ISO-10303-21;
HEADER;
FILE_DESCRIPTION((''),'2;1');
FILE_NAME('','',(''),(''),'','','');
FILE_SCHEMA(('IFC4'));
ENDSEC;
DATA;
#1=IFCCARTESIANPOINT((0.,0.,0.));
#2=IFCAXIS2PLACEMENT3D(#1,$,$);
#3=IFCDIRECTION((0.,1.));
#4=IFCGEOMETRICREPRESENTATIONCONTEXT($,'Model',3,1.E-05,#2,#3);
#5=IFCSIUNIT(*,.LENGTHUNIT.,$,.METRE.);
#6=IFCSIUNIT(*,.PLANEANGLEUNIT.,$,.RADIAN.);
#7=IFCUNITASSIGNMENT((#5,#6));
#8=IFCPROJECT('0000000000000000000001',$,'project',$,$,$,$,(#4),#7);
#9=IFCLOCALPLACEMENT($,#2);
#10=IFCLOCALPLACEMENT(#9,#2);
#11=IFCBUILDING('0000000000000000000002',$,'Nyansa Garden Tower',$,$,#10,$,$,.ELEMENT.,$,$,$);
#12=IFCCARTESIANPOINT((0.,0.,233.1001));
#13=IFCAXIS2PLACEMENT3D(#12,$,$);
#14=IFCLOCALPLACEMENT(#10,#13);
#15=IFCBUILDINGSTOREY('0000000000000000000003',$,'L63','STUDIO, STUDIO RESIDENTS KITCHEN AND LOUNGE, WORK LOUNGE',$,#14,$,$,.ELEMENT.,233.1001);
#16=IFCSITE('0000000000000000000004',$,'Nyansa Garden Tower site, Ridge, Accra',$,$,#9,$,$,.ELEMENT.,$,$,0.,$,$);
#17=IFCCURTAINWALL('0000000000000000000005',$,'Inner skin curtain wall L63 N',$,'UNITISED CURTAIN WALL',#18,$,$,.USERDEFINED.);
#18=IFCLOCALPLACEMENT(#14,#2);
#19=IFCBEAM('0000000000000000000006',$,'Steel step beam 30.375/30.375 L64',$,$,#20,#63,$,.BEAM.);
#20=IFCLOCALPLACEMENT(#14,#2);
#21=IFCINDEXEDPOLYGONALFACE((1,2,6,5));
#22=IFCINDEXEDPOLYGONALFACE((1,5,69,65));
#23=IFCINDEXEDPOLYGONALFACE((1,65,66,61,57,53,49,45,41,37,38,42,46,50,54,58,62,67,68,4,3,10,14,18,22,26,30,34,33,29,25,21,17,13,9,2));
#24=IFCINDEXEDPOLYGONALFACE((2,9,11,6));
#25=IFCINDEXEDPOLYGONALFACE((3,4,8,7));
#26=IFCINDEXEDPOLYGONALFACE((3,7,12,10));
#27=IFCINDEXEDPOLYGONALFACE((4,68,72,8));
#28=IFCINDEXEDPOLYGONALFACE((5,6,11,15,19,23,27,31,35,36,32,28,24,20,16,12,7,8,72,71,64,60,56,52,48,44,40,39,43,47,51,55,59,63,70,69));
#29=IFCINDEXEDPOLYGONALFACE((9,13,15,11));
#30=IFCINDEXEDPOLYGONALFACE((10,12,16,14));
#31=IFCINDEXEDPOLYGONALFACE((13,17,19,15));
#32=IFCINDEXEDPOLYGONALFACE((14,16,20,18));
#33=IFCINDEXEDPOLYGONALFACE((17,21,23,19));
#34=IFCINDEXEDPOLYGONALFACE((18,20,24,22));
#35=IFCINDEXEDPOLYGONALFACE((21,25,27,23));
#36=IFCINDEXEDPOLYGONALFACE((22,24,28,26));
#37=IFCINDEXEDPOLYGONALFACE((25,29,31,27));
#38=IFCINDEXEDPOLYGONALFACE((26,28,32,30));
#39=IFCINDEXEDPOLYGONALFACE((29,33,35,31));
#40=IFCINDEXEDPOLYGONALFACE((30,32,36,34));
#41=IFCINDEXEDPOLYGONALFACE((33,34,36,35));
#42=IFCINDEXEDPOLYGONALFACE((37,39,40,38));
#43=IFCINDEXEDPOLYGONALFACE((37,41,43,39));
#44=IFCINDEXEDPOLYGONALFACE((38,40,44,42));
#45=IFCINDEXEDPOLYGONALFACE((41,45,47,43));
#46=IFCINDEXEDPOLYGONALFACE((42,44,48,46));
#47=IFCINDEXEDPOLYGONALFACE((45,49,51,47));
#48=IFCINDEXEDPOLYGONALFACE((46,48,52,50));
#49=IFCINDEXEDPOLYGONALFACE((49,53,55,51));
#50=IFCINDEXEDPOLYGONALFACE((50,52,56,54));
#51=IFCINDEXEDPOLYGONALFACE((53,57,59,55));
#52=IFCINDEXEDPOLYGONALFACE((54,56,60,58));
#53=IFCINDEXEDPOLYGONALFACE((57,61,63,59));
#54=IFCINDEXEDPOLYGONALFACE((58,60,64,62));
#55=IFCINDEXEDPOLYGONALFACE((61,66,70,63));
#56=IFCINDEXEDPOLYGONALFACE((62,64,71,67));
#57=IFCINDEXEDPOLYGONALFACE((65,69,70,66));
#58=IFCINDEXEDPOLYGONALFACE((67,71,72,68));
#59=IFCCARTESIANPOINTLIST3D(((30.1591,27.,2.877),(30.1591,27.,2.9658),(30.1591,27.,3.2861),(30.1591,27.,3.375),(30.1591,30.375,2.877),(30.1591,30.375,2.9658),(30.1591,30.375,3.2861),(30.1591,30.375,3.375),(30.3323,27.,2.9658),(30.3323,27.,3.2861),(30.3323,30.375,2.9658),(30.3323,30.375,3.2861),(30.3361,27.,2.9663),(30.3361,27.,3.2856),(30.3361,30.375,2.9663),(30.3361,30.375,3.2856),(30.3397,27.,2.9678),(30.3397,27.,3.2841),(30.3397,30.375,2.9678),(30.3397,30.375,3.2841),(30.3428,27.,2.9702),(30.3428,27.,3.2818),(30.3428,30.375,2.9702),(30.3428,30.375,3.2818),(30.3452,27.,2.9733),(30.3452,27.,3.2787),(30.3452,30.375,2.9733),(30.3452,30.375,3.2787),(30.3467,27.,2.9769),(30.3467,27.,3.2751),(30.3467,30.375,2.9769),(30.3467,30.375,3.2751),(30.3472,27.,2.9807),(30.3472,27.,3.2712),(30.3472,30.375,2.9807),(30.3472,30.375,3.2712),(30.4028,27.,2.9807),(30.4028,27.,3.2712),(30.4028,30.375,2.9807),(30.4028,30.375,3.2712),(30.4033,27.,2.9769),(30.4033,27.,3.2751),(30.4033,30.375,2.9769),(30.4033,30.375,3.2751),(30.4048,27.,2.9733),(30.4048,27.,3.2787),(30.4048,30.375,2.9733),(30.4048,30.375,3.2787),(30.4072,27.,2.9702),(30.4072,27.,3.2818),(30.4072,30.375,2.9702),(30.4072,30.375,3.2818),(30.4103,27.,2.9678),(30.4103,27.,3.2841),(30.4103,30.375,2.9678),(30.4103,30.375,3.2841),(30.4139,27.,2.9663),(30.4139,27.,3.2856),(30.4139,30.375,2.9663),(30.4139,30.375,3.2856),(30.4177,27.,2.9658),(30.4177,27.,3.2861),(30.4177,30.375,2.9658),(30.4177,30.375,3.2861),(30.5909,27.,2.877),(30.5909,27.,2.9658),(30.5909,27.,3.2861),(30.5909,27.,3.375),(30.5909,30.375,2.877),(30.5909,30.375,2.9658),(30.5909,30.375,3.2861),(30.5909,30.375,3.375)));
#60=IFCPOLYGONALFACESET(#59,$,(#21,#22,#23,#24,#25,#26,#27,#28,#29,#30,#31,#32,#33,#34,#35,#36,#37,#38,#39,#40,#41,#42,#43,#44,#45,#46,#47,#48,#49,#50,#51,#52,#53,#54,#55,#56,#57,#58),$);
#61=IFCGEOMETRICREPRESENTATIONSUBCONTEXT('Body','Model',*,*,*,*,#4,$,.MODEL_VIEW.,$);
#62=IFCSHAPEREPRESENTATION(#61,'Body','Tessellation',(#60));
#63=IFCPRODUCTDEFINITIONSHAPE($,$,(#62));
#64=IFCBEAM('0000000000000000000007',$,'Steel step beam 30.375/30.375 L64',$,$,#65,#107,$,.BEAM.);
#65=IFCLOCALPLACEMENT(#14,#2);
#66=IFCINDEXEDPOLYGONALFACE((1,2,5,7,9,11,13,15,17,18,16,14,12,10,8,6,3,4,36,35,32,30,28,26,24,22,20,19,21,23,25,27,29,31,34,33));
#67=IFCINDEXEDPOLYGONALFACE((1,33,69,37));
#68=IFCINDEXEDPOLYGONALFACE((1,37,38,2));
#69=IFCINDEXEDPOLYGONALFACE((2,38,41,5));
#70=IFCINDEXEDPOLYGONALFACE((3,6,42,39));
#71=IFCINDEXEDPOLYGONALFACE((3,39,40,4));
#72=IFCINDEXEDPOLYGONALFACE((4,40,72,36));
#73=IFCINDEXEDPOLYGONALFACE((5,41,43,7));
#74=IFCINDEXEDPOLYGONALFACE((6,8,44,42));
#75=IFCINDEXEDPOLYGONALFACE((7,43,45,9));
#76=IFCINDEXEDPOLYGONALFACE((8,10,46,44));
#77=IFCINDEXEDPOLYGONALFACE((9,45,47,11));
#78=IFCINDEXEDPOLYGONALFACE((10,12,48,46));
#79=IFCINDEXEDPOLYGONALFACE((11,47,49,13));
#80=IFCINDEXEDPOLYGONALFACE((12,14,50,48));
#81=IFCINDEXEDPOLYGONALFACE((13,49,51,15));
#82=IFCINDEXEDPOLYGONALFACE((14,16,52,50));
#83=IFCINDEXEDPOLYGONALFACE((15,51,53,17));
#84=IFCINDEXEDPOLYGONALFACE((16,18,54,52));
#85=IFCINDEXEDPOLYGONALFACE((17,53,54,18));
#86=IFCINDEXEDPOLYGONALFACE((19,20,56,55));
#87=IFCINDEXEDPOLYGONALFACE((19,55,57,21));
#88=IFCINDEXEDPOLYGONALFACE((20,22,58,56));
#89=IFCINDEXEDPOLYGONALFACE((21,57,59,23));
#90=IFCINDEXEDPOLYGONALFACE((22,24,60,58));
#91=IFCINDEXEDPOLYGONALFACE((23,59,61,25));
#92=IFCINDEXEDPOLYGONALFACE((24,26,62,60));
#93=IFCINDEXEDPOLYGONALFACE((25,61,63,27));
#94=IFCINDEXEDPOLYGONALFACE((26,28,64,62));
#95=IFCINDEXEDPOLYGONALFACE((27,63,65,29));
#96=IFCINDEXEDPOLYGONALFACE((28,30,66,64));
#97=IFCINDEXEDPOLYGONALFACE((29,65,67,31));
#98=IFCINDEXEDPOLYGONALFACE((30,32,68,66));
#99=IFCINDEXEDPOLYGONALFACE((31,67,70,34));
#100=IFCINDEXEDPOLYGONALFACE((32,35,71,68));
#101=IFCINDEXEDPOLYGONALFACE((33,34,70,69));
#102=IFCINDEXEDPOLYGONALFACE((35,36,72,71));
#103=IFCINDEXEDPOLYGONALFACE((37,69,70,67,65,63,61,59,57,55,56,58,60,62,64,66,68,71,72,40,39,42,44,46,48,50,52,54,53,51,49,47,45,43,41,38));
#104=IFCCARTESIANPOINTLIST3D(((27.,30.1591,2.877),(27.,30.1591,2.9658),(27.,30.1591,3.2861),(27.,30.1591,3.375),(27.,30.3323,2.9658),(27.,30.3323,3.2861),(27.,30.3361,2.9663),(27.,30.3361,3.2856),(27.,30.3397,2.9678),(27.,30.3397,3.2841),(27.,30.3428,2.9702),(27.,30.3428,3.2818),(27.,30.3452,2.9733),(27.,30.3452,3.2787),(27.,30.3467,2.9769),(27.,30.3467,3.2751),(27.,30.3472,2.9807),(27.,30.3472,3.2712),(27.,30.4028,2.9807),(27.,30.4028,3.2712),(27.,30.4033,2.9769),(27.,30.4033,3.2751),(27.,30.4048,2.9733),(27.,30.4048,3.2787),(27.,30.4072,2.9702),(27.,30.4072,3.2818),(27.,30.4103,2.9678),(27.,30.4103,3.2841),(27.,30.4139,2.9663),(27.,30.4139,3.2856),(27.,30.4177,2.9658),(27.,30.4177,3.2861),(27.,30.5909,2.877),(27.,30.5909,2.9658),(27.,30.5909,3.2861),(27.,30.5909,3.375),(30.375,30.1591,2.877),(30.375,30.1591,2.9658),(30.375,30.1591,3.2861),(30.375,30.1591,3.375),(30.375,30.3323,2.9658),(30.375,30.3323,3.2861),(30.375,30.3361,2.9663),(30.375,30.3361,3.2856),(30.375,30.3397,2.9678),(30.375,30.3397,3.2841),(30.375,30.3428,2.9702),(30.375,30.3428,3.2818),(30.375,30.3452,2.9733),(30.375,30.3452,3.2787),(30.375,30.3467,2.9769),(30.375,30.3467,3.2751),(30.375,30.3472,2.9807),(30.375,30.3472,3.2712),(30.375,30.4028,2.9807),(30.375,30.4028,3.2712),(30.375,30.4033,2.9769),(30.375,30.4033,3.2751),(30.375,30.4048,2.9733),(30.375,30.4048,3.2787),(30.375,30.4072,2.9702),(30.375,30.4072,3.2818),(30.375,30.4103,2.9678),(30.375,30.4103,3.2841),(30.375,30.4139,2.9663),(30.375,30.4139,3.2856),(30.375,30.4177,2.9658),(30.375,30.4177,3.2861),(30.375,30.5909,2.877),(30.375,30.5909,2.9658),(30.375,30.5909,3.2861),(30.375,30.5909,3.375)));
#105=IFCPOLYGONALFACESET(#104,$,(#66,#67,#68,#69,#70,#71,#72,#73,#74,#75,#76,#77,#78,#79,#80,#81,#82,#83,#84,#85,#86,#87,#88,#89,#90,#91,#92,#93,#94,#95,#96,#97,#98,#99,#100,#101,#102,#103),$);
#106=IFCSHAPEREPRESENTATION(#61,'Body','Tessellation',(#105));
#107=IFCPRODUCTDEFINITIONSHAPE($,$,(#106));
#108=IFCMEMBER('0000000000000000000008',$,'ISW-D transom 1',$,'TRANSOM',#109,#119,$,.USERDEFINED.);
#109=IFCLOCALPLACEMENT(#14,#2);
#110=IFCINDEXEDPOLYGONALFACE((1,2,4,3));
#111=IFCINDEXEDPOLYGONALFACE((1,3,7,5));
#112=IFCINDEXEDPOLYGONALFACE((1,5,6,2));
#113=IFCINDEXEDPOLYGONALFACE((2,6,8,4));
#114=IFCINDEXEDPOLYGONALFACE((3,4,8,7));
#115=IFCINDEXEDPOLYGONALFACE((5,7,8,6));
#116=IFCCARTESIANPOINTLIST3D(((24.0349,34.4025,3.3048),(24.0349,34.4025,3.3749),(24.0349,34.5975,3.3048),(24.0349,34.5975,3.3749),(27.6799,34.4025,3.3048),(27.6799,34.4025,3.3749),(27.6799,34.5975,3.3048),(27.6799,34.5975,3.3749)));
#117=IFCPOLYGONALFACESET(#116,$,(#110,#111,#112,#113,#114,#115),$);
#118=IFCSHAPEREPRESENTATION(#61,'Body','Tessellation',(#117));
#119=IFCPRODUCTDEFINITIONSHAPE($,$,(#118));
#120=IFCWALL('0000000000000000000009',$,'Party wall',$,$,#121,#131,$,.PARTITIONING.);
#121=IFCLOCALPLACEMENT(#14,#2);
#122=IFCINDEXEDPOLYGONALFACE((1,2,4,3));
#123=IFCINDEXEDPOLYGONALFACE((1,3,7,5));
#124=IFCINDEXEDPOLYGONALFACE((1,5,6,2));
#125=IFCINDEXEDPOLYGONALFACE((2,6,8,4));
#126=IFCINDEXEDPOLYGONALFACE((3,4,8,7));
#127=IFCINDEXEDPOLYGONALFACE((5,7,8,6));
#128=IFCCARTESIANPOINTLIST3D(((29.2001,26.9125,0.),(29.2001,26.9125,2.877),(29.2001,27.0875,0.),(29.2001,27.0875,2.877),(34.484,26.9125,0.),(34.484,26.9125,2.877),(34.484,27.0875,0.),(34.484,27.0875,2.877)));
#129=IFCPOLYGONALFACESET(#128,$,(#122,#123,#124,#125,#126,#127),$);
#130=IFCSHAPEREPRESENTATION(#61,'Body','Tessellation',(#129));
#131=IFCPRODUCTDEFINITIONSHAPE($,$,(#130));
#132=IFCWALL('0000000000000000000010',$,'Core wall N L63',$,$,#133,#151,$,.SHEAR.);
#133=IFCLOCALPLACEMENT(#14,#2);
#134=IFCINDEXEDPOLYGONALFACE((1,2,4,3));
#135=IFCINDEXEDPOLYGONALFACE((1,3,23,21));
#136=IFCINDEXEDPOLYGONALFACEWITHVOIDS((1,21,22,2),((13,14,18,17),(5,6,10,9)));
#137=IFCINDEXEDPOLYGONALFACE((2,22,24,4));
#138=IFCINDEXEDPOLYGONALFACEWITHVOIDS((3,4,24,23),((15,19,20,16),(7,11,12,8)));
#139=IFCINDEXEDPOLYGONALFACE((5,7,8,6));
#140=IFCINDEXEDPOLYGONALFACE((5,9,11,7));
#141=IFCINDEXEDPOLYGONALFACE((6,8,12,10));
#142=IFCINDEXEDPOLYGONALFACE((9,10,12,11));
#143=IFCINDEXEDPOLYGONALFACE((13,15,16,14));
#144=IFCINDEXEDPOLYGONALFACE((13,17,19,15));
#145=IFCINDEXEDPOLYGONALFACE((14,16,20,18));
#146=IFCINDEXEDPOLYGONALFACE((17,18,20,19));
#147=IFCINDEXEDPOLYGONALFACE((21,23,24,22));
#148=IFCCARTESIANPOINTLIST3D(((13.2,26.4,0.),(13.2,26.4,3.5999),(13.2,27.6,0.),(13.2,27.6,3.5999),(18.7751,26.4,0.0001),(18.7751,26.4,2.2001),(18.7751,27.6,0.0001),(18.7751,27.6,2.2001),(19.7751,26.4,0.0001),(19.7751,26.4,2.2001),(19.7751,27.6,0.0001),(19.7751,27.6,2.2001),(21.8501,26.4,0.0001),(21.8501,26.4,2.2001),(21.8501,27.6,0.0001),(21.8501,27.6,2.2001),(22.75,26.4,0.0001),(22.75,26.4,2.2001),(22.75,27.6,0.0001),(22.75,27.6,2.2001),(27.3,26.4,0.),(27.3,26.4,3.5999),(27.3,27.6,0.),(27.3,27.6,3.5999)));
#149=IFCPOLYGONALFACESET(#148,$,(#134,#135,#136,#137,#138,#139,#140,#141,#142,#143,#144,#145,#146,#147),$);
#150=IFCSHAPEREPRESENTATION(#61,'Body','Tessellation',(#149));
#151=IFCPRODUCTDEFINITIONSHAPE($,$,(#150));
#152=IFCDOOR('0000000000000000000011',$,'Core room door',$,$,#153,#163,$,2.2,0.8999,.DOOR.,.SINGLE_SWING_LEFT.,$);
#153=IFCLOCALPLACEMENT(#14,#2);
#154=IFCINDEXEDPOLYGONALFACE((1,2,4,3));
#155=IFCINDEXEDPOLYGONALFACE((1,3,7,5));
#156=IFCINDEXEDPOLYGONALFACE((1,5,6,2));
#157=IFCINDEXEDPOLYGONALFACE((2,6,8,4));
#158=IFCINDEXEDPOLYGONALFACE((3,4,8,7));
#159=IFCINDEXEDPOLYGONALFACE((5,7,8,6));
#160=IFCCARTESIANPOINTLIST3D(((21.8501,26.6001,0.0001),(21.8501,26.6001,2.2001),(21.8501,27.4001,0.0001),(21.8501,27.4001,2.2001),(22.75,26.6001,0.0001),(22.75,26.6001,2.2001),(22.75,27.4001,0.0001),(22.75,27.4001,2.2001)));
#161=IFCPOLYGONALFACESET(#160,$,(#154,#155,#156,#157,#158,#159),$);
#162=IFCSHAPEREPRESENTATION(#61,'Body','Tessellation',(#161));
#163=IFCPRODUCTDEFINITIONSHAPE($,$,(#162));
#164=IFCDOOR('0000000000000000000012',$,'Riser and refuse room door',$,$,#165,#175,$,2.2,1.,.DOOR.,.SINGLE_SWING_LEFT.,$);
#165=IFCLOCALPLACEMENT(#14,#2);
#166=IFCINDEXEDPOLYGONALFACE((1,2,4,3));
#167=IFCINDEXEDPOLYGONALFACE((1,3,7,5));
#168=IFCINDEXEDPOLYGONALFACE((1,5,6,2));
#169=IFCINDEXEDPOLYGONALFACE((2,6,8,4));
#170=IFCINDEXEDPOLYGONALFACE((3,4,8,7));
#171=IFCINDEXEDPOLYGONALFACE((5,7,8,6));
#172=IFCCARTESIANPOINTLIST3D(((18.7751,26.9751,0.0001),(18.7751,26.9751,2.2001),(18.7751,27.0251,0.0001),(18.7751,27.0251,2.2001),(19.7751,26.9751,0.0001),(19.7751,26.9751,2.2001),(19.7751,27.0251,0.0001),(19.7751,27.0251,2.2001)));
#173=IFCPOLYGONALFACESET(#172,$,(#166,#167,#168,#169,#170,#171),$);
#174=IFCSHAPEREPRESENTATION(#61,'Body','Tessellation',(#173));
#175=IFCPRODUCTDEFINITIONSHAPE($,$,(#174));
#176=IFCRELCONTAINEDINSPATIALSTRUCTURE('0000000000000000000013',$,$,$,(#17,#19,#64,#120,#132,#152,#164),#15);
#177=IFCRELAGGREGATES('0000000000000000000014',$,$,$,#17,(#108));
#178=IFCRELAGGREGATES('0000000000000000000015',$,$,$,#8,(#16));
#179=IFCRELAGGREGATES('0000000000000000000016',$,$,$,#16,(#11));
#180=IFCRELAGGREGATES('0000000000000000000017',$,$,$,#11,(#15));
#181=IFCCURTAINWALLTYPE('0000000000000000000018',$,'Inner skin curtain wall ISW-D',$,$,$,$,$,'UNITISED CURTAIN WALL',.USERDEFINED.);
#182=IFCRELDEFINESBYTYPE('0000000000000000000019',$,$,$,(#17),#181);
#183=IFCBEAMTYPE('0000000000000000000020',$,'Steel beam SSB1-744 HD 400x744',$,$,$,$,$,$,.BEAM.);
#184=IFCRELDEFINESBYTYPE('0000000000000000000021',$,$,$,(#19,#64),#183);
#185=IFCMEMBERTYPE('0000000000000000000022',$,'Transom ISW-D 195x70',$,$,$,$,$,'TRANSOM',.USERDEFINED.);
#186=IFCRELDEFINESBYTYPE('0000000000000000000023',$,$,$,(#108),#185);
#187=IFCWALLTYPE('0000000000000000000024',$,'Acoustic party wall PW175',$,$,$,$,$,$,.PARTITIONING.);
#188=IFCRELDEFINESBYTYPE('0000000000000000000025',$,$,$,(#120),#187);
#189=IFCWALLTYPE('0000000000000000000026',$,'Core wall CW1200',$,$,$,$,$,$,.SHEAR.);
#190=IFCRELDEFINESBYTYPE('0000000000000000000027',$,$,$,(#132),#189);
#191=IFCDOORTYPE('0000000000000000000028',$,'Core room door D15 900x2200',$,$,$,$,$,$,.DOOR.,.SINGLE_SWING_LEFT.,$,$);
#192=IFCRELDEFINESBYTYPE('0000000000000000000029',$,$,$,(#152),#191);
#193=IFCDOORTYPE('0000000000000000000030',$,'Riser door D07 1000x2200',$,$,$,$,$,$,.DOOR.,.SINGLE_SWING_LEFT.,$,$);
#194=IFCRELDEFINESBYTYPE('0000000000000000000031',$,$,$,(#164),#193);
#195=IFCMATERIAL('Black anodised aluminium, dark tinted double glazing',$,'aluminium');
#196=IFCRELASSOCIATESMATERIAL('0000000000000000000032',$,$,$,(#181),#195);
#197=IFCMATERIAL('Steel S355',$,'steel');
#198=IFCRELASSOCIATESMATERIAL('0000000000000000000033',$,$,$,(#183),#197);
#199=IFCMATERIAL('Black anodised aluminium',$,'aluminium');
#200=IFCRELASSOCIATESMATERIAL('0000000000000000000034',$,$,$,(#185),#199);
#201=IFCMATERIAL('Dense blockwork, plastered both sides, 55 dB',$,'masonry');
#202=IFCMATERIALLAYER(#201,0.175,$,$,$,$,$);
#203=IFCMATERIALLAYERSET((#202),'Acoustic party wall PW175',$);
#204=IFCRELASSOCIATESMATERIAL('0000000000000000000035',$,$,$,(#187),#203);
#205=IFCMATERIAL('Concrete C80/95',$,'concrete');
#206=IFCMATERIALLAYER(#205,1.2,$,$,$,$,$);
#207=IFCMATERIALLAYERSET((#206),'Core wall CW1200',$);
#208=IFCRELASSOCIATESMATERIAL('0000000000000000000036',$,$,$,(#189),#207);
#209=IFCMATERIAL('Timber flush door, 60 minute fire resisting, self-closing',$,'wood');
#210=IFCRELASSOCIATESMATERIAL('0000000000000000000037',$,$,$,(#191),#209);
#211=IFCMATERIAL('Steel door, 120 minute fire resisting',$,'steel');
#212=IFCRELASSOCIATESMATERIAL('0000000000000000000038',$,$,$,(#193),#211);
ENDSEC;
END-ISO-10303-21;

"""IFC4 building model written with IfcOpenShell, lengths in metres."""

from ifc_helpers import new_model, si_unit, direction, frame, frame_2d, origin, origin_2d, place, context, subcontext, project, spatial, rectangle, i_section, extrude, material, layer, layer_set, material_profile, profile_set, type_object, element, fill, aggregate, save


model = new_model("IFC4")

# Units and contexts
model_context = context("Model", 3, precision=1e-05, world=origin(), true_north=direction((0.0, 1.0)))
body_context = subcontext(model_context, "Body", "Model", "MODEL_VIEW")
ifc_project = project(units=[si_unit("LENGTHUNIT", "METRE"), si_unit("PLANEANGLEUNIT", "RADIAN")], contexts=[model_context])

# Site, building, storey
site_placement = place(None, origin())
site = spatial("IfcSite", under=ifc_project, at=site_placement, Name="Nyansa Garden Tower site, Ridge, Accra", CompositionType="ELEMENT", RefElevation=0.0)
building_placement = place(site_placement, origin())
building = spatial("IfcBuilding", under=site, at=building_placement, Name="Nyansa Garden Tower", CompositionType="ELEMENT")
storey_placement = place(building_placement, frame((0.0, 0.0, 233.1001)))
storey = spatial("IfcBuildingStorey", under=building, at=storey_placement, Name="L63", Description="STUDIO, STUDIO RESIDENTS KITCHEN AND LOUNGE, WORK LOUNGE", CompositionType="ELEMENT", Elevation=233.1001)

# Curtain wall
ifc_material_1 = material(Name="Black anodised aluminium, dark tinted double glazing", Category="aluminium")
curtain_wall_type = type_object("IfcCurtainWallType", Name="Inner skin curtain wall ISW-D", ElementType="UNITISED CURTAIN WALL", PredefinedType="USERDEFINED", material=ifc_material_1)
curtain_wall_1_placement = place(storey_placement, origin())
curtain_wall_1 = element("IfcCurtainWall", 1, at=curtain_wall_1_placement, inside=storey, type_object=curtain_wall_type, Name="Inner skin curtain wall L63 N", ObjectType="UNITISED CURTAIN WALL", PredefinedType="USERDEFINED")

# Beams
ifc_material_2 = material(Name="Steel S355", Category="steel")
ifc_material_profile_1 = material_profile(ifc_material_2, i_section(OverallWidth=0.4319, OverallDepth=0.498, WebThickness=0.0557, FlangeThickness=0.0889, FilletRadius=0.0149, at=origin_2d()), Name="HD 400x744")
ifc_profile_set_1 = profile_set([ifc_material_profile_1], Name="Steel S355")
beam_type_1 = type_object("IfcBeamType", Name="Steel beam SSB1-744 HD 400x744", PredefinedType="BEAM", material=ifc_profile_set_1)
for number, where, z_axis, x_axis, name in (
    (2, (30.375, 30.375, 3.126), (0.0, -1.0, 0.0), (1.0, 0.0, 0.0), "Steel step beam 30.375/30.375 L64"),
    (3, (30.375, 30.375, 3.126), (-1.0, 0.0, 0.0), (0.0, -1.0, 0.0), "Steel step beam 30.375/30.375 L64"),
):
    element("IfcBeam", number, at=place(storey_placement, frame(where, z_axis=z_axis, x_axis=x_axis)), inside=storey, type_object=beam_type_1, Name=name, PredefinedType="BEAM", context=body_context, shape_type="SweptSolid", body=[
        extrude(i_section(OverallWidth=0.4319, OverallDepth=0.498, WebThickness=0.0557, FlangeThickness=0.0889, FilletRadius=0.0149, at=origin_2d()), origin(), (0.0, 0.0, 1.0), 3.375),
    ])

# Member
ifc_material_3 = material(Name="Black anodised aluminium", Category="aluminium")
ifc_material_profile_2 = material_profile(ifc_material_3, rectangle(XDim=0.1951, YDim=0.0701, at=origin_2d()), Name="Transom 195x70")
ifc_profile_set_2 = profile_set([ifc_material_profile_2], Name="Black anodised aluminium")
member_type_1 = type_object("IfcMemberType", Name="Transom ISW-D 195x70", ElementType="TRANSOM", PredefinedType="USERDEFINED", material=ifc_profile_set_2)
member_1_placement = place(storey_placement, frame((27.6799, 34.5, 3.3398), z_axis=(-1.0, 0.0, 0.0), x_axis=(0.0, -1.0, 0.0)))
member_1 = element("IfcMember", 4, at=member_1_placement, type_object=member_type_1, Name="ISW-D transom 1", ObjectType="TRANSOM", PredefinedType="USERDEFINED", context=body_context, shape_type="SweptSolid", body=[
    extrude(rectangle(XDim=0.1951, YDim=0.0701, at=origin_2d()), origin(), (0.0, 0.0, 1.0), 3.645),
])
aggregate(curtain_wall_1, [member_1])

# Wall
ifc_material_4 = material(Name="Dense blockwork, plastered both sides, 55 dB", Category="masonry")
ifc_layer_1 = layer(ifc_material_4, 0.175)
ifc_layer_set_1 = layer_set([ifc_layer_1], Name="Acoustic party wall PW175")
wall_type_1 = type_object("IfcWallType", Name="Acoustic party wall PW175", PredefinedType="PARTITIONING", material=ifc_layer_set_1)
wall_1_placement = place(storey_placement, frame((29.2, 27.0, 0.0), z_axis=(0.0, 0.0, 1.0), x_axis=(1.0, 0.0, 0.0)))
element("IfcWall", 5, at=wall_1_placement, inside=storey, type_object=wall_type_1, Name="Party wall", PredefinedType="PARTITIONING", context=body_context, shape_type="SweptSolid", body=[
    extrude(rectangle(XDim=5.2839, YDim=0.175, at=frame_2d((2.6421, 0.0))), origin(), (0.0, 0.0, 1.0), 2.877),
])

# Wall, openings, doors
ifc_material_5 = material(Name="Concrete C80/95", Category="concrete")
ifc_layer_2 = layer(ifc_material_5, 1.2)
ifc_layer_set_2 = layer_set([ifc_layer_2], Name="Core wall CW1200")
wall_type_2 = type_object("IfcWallType", Name="Core wall CW1200", PredefinedType="SHEAR", material=ifc_layer_set_2)
wall_2_placement = place(storey_placement, frame((27.3, 27.0, 0.0), z_axis=(0.0, 0.0, 1.0), x_axis=(-1.0, 0.0, 0.0)))
wall_2 = element("IfcWall", 6, at=wall_2_placement, inside=storey, type_object=wall_type_2, Name="Core wall N L63", PredefinedType="SHEAR", context=body_context, shape_type="SweptSolid", body=[
    extrude(rectangle(XDim=14.1001, YDim=1.2, at=frame_2d((7.05, 0.0))), origin(), (0.0, 0.0, 1.0), 3.5999),
])
opening_1_placement = place(wall_2_placement, frame((4.55, 0.0, 0.0)))
opening_1 = element("IfcOpeningElement", 7, at=opening_1_placement, cuts=wall_2, PredefinedType="OPENING", context=body_context, shape_type="SweptSolid", body=[
    extrude(rectangle(XDim=0.8999, YDim=2.2, at=frame_2d((0.45, 1.1001))), frame((0.0, 0.6099, 0.0), z_axis=(0.0, -1.0, 0.0), x_axis=(1.0, 0.0, 0.0)), (0.0, 0.0, 1.0), 1.22),
])
opening_2_placement = place(wall_2_placement, frame((7.5249, 0.0, 0.0)))
opening_2 = element("IfcOpeningElement", 8, at=opening_2_placement, cuts=wall_2, PredefinedType="OPENING", context=body_context, shape_type="SweptSolid", body=[
    extrude(rectangle(XDim=1.0, YDim=2.2, at=frame_2d((0.5, 1.1001))), frame((0.0, 0.6099, 0.0), z_axis=(0.0, -1.0, 0.0), x_axis=(1.0, 0.0, 0.0)), (0.0, 0.0, 1.0), 1.22),
])
ifc_material_6 = material(Name="Timber flush door, 60 minute fire resisting, self-closing", Category="wood")
door_type_1 = type_object("IfcDoorType", Name="Core room door D15 900x2200", OperationType="SINGLE_SWING_LEFT", PredefinedType="DOOR", material=ifc_material_6)
door_1_placement = place(opening_1_placement, origin())
door_1 = element("IfcDoor", 9, at=door_1_placement, inside=storey, type_object=door_type_1, Name="Core room door", OperationType="SINGLE_SWING_LEFT", OverallHeight=2.2, OverallWidth=0.8999, PredefinedType="DOOR", context=body_context, shape_type="SweptSolid", body=[
    extrude(rectangle(XDim=0.8999, YDim=2.2, at=frame_2d((0.45, 1.1001))), frame((0.0, 0.3999, 0.0), z_axis=(0.0, -1.0, 0.0), x_axis=(1.0, 0.0, 0.0)), (0.0, 0.0, 1.0), 0.8),
])
fill(opening_1, door_1)
ifc_material_7 = material(Name="Steel door, 120 minute fire resisting", Category="steel")
door_type_2 = type_object("IfcDoorType", Name="Riser door D07 1000x2200", OperationType="SINGLE_SWING_LEFT", PredefinedType="DOOR", material=ifc_material_7)
door_2_placement = place(opening_2_placement, origin())
door_2 = element("IfcDoor", 10, at=door_2_placement, inside=storey, type_object=door_type_2, Name="Riser and refuse room door", OperationType="SINGLE_SWING_LEFT", OverallHeight=2.2, OverallWidth=1.0, PredefinedType="DOOR", context=body_context, shape_type="SweptSolid", body=[
    extrude(rectangle(XDim=1.0, YDim=2.2, at=frame_2d((0.5, 1.1001))), frame((0.0, 0.0249, 0.0), z_axis=(0.0, -1.0, 0.0), x_axis=(1.0, 0.0, 0.0)), (0.0, 0.0, 1.0), 0.05),
])
fill(opening_2, door_2)

save(model, "model.ifc")
